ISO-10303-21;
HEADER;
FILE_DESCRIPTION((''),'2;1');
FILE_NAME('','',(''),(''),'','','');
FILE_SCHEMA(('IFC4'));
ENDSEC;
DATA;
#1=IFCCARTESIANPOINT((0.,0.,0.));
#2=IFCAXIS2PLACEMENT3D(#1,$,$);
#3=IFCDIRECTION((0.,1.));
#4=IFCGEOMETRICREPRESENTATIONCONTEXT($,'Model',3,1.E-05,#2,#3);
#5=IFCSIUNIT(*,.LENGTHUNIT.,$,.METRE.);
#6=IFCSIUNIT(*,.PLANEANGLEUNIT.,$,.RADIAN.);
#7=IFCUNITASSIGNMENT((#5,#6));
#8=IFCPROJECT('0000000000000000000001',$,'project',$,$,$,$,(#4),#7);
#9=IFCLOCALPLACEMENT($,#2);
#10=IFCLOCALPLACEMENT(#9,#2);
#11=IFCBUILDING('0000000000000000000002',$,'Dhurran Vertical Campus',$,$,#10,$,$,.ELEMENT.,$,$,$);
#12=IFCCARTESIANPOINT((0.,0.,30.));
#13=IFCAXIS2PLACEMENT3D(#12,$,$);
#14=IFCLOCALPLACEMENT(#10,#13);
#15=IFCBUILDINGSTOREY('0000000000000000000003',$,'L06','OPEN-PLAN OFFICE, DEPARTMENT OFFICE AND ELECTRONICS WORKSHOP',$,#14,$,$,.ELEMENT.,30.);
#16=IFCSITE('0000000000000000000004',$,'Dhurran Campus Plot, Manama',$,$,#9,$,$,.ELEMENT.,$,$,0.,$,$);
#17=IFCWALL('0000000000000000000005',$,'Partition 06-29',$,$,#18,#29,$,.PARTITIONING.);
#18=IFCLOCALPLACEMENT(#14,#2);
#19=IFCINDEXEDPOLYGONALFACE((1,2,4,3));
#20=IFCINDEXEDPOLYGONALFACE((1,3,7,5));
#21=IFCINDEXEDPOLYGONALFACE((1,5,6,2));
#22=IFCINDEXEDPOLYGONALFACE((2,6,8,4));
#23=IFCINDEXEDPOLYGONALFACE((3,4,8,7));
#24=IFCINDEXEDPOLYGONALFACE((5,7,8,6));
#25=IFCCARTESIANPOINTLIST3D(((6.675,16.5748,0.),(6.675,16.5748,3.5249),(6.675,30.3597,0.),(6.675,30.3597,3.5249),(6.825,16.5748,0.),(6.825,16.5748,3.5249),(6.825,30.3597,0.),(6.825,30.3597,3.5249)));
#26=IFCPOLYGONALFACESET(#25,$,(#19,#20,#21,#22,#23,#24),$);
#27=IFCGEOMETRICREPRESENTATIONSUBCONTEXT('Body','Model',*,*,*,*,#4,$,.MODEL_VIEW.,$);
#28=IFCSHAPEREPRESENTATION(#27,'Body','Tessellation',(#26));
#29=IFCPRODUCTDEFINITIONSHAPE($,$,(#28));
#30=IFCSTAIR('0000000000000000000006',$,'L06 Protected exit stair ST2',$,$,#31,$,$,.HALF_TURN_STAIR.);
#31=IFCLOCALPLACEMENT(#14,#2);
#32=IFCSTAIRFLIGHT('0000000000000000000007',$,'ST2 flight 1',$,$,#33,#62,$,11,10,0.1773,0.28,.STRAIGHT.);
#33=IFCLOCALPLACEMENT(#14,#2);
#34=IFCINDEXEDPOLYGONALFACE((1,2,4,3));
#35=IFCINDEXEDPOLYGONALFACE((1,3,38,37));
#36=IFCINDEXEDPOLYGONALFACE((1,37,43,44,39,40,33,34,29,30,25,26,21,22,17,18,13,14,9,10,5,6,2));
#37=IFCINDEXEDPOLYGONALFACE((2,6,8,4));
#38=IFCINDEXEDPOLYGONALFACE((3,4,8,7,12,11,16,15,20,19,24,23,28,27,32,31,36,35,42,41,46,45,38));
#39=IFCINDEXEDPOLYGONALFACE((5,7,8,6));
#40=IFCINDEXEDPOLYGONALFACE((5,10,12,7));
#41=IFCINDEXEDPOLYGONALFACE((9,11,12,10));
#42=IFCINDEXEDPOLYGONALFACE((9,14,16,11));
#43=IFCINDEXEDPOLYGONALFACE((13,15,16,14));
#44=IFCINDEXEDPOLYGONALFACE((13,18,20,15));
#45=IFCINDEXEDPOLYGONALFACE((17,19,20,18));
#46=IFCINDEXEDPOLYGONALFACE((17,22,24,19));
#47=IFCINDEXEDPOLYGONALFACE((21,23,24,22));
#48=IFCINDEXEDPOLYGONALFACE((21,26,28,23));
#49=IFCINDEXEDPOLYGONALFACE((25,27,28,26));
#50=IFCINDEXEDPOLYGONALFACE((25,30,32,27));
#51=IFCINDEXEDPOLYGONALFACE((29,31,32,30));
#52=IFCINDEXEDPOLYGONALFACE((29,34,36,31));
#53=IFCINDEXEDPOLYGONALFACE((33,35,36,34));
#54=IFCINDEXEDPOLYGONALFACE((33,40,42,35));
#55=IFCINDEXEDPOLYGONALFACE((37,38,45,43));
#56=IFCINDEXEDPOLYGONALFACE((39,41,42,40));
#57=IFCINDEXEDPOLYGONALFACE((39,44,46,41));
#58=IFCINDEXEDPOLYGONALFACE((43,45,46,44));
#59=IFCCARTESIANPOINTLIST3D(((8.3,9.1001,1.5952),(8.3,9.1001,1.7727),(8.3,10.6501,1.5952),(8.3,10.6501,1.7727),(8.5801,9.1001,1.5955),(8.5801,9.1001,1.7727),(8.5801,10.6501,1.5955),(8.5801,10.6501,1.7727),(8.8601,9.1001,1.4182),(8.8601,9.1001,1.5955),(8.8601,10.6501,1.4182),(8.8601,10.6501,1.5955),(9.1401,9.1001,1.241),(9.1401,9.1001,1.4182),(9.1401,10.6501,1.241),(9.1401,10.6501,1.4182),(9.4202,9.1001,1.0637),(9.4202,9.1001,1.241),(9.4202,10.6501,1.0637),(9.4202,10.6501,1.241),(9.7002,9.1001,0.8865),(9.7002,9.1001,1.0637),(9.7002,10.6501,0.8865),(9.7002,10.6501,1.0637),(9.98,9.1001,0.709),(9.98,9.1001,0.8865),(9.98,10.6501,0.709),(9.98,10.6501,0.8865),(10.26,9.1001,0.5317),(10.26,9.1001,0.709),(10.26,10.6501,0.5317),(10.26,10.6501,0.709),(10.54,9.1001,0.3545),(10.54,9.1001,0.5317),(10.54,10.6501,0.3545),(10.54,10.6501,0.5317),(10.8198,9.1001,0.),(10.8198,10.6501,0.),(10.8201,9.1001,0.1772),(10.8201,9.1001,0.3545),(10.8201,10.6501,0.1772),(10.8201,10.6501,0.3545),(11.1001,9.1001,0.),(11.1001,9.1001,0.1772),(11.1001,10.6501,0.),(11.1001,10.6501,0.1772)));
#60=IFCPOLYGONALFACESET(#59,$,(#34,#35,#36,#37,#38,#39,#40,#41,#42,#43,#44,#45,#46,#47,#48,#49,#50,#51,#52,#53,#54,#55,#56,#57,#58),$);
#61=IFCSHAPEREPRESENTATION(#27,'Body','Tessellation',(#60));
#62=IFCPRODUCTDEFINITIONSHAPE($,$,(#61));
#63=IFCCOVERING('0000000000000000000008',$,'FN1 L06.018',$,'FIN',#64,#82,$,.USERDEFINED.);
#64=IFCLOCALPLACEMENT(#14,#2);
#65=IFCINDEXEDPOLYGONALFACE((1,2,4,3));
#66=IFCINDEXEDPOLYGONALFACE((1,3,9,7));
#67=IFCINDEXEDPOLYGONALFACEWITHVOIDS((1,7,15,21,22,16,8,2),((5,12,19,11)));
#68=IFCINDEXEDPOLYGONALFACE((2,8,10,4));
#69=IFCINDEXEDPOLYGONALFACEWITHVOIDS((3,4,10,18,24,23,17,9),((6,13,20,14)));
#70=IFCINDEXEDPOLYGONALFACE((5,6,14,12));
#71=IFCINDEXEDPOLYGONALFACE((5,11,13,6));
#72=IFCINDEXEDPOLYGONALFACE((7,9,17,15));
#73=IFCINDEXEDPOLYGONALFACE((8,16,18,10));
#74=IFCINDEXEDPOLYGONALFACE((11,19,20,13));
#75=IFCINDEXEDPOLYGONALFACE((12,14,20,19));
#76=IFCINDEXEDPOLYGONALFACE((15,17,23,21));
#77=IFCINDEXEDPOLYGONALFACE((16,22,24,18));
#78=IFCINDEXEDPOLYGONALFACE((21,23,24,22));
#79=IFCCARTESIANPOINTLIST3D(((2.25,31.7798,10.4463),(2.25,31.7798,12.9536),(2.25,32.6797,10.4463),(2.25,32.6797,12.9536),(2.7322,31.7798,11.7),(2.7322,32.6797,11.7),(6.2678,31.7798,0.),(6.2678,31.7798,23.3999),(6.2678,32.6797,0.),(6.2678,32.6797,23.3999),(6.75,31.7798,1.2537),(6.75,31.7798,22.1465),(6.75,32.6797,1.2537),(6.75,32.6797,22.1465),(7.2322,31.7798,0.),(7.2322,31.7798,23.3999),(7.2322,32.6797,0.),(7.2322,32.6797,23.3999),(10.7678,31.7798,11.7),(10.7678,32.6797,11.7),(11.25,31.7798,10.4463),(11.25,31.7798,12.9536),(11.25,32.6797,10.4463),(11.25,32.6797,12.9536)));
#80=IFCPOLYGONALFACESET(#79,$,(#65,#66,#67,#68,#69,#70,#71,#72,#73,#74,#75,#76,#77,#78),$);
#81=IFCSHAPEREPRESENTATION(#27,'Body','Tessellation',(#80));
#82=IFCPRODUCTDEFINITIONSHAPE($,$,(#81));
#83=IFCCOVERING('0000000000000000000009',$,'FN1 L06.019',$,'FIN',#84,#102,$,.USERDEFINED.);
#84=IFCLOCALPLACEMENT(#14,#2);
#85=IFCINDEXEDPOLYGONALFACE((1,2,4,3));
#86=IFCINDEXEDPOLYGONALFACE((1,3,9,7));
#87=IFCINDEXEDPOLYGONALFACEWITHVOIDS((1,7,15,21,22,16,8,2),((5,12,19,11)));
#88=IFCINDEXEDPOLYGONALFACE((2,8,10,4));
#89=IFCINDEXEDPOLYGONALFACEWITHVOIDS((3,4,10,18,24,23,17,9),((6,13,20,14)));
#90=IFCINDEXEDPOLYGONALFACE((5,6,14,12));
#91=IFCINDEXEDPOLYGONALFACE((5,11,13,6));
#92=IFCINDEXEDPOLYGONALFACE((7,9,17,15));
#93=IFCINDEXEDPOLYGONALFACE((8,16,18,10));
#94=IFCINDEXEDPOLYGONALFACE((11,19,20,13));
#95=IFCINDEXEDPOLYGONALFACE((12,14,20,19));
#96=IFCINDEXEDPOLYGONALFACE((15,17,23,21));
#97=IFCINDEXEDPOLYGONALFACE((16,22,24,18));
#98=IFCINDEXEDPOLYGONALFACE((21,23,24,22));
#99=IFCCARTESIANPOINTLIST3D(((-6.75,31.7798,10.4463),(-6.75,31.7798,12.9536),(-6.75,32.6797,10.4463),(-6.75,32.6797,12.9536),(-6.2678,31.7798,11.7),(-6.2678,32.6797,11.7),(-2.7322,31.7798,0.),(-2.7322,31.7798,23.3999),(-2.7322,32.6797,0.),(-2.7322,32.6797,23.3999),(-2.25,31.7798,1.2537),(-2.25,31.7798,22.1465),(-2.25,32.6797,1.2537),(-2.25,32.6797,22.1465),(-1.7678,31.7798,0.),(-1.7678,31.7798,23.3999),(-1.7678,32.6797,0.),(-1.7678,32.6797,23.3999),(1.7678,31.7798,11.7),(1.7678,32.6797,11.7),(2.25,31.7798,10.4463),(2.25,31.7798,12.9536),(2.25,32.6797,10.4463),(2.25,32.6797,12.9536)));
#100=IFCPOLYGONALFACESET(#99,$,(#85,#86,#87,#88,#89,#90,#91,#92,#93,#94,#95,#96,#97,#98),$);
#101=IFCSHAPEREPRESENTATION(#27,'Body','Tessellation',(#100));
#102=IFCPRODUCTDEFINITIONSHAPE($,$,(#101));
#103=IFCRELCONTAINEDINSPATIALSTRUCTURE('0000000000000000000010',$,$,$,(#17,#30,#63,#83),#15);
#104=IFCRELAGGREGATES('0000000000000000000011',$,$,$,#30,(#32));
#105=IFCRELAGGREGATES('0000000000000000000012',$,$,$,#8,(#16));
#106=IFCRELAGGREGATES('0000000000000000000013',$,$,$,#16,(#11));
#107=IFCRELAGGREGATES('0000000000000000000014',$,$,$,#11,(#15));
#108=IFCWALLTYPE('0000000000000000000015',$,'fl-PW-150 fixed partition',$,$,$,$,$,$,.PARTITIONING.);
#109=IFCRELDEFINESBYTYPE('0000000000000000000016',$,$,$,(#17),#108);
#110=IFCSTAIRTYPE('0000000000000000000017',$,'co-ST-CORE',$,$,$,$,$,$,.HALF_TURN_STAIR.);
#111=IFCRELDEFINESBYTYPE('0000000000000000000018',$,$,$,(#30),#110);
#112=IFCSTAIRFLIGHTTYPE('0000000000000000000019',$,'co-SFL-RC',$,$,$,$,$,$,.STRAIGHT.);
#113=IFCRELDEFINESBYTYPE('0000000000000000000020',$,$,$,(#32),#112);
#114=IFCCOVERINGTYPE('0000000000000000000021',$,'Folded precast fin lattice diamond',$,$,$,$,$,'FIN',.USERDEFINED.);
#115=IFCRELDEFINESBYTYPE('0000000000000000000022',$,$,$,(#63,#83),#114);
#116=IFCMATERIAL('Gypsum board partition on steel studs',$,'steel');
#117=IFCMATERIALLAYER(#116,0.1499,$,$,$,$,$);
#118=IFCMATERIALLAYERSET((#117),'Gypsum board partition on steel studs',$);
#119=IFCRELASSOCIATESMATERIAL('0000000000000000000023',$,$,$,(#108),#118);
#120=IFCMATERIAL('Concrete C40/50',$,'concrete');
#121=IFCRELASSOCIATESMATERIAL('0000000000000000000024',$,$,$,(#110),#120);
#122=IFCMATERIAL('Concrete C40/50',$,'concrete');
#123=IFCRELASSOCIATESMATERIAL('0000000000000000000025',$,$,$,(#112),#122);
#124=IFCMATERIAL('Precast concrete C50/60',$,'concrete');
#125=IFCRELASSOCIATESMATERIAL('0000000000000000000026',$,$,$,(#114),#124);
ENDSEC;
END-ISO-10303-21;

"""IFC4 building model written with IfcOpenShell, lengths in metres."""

from ifc_helpers import new_model, si_unit, direction, frame, frame_2d, origin, place, context, subcontext, project, spatial, polyline, rectangle, outline, extrude, material, layer, layer_set, type_object, element, aggregate, save


model = new_model("IFC4")

# Units and contexts
model_context = context("Model", 3, precision=1e-05, world=origin(), true_north=direction((0.0, 1.0)))
body_context = subcontext(model_context, "Body", "Model", "MODEL_VIEW")
ifc_project = project(units=[si_unit("LENGTHUNIT", "METRE"), si_unit("PLANEANGLEUNIT", "RADIAN")], contexts=[model_context])

# Site, building, storey
site_placement = place(None, origin())
site = spatial("IfcSite", under=ifc_project, at=site_placement, Name="Dhurran Campus Plot, Manama", CompositionType="ELEMENT", RefElevation=0.0)
building_placement = place(site_placement, origin())
building = spatial("IfcBuilding", under=site, at=building_placement, Name="Dhurran Vertical Campus", CompositionType="ELEMENT")
storey_placement = place(building_placement, frame((0.0, 0.0, 30.0)))
storey = spatial("IfcBuildingStorey", under=building, at=storey_placement, Name="L06", Description="OPEN-PLAN OFFICE, DEPARTMENT OFFICE AND ELECTRONICS WORKSHOP", CompositionType="ELEMENT", Elevation=30.0)

# Wall
ifc_material_1 = material(Name="Gypsum board partition on steel studs", Category="steel")
ifc_layer_1 = layer(ifc_material_1, 0.1499)
ifc_layer_set_1 = layer_set([ifc_layer_1], Name="Gypsum board partition on steel studs")
wall_type_1 = type_object("IfcWallType", Name="fl-PW-150 fixed partition", PredefinedType="PARTITIONING", material=ifc_layer_set_1)
wall_1_placement = place(storey_placement, frame((6.75, 30.3599, 0.0), z_axis=(0.0, 0.0, 1.0), x_axis=(0.0, -1.0, 0.0)))
element("IfcWall", 1, at=wall_1_placement, inside=storey, type_object=wall_type_1, Name="Partition 06-29", PredefinedType="PARTITIONING", context=body_context, shape_type="SweptSolid", body=[
    extrude(rectangle(XDim=13.7849, YDim=0.1499, at=frame_2d((6.8926, 0.0))), origin(), (0.0, 0.0, 1.0), 3.5249),
])

# Stair, stair flight
ifc_material_2 = material(Name="Concrete C40/50", Category="concrete")
stair_type = type_object("IfcStairType", Name="co-ST-CORE", PredefinedType="HALF_TURN_STAIR", material=ifc_material_2)
stair_placement = place(storey_placement, origin())
stair = element("IfcStair", 2, at=stair_placement, inside=storey, type_object=stair_type, Name="L06 Protected exit stair ST2", PredefinedType="HALF_TURN_STAIR")
ifc_material_3 = material(Name="Concrete C40/50", Category="concrete")
stair_flight_type = type_object("IfcStairFlightType", Name="co-SFL-RC", PredefinedType="STRAIGHT", material=ifc_material_3)
stair_flight_placement = place(storey_placement, frame((11.1001, 9.875, 0.0), z_axis=(0.0, 0.0, 1.0), x_axis=(-1.0, 0.0, 0.0)))
stair_flight = element("IfcStairFlight", 3, at=stair_flight_placement, type_object=stair_flight_type, Name="ST2 flight 1", NumberOfRisers=11, NumberOfTreads=10, PredefinedType="STRAIGHT", RiserHeight=0.1773, TreadLength=0.28, context=body_context, shape_type="SweptSolid", body=[
    extrude(outline(polyline([(0.0, 0.0), (0.0, 0.1772), (0.28, 0.1772), (0.28, 0.3545), (0.5601, 0.3545), (0.5601, 0.5317), (0.8401, 0.5317), (0.8401, 0.709), (1.1201, 0.709), (1.1201, 0.8865), (1.3999, 0.8865), (1.3999, 1.0637), (1.6799, 1.0637), (1.6799, 1.241), (1.96, 1.241), (1.96, 1.4182), (2.24, 1.4182), (2.24, 1.5955), (2.52, 1.5955), (2.52, 1.7727), (2.8, 1.7727), (2.8, 1.95), (2.8, 1.5952), (0.2803, 0.0), (0.0, 0.0)])), frame((0.0, 0.7749, 0.0), z_axis=(0.0, -1.0, 0.0), x_axis=(1.0, 0.0, 0.0)), (0.0, 0.0, 1.0), 1.55),
])
aggregate(stair, [stair_flight])

# Coverings
ifc_material_4 = material(Name="Precast concrete C50/60", Category="concrete")
covering_type = type_object("IfcCoveringType", Name="Folded precast fin lattice diamond", ElementType="FIN", PredefinedType="USERDEFINED", material=ifc_material_4)
for number, where, z_axis, x_axis, name in (
    (4, (11.25, 31.7798, 0.0), (0.0, 1.0, 0.0), (-1.0, 0.0, 0.0), "FN1 L06.018"),
    (5, (2.25, 31.7798, 0.0), (0.0, 1.0, 0.0), (-1.0, 0.0, 0.0), "FN1 L06.019"),
):
    element("IfcCovering", number, at=place(storey_placement, frame(where, z_axis=z_axis, x_axis=x_axis)), inside=storey, type_object=covering_type, Name=name, ObjectType="FIN", PredefinedType="USERDEFINED", context=body_context, shape_type="SweptSolid", body=[
        extrude(outline(polyline([(9.0, 12.9536), (9.0, 10.4463), (4.9822, 0.0), (4.0178, 0.0), (0.0, 10.4463), (0.0, 12.9536), (4.0178, 23.3999), (4.9822, 23.3999), (9.0, 12.9536)]), holes=[polyline([(8.5178, 11.7), (4.5, 22.1465), (0.4822, 11.7), (4.5, 1.2537), (8.5178, 11.7)])]), origin(), (0.0, 0.0, 1.0), 0.8999),
    ])

save(model, "model.ifc")
